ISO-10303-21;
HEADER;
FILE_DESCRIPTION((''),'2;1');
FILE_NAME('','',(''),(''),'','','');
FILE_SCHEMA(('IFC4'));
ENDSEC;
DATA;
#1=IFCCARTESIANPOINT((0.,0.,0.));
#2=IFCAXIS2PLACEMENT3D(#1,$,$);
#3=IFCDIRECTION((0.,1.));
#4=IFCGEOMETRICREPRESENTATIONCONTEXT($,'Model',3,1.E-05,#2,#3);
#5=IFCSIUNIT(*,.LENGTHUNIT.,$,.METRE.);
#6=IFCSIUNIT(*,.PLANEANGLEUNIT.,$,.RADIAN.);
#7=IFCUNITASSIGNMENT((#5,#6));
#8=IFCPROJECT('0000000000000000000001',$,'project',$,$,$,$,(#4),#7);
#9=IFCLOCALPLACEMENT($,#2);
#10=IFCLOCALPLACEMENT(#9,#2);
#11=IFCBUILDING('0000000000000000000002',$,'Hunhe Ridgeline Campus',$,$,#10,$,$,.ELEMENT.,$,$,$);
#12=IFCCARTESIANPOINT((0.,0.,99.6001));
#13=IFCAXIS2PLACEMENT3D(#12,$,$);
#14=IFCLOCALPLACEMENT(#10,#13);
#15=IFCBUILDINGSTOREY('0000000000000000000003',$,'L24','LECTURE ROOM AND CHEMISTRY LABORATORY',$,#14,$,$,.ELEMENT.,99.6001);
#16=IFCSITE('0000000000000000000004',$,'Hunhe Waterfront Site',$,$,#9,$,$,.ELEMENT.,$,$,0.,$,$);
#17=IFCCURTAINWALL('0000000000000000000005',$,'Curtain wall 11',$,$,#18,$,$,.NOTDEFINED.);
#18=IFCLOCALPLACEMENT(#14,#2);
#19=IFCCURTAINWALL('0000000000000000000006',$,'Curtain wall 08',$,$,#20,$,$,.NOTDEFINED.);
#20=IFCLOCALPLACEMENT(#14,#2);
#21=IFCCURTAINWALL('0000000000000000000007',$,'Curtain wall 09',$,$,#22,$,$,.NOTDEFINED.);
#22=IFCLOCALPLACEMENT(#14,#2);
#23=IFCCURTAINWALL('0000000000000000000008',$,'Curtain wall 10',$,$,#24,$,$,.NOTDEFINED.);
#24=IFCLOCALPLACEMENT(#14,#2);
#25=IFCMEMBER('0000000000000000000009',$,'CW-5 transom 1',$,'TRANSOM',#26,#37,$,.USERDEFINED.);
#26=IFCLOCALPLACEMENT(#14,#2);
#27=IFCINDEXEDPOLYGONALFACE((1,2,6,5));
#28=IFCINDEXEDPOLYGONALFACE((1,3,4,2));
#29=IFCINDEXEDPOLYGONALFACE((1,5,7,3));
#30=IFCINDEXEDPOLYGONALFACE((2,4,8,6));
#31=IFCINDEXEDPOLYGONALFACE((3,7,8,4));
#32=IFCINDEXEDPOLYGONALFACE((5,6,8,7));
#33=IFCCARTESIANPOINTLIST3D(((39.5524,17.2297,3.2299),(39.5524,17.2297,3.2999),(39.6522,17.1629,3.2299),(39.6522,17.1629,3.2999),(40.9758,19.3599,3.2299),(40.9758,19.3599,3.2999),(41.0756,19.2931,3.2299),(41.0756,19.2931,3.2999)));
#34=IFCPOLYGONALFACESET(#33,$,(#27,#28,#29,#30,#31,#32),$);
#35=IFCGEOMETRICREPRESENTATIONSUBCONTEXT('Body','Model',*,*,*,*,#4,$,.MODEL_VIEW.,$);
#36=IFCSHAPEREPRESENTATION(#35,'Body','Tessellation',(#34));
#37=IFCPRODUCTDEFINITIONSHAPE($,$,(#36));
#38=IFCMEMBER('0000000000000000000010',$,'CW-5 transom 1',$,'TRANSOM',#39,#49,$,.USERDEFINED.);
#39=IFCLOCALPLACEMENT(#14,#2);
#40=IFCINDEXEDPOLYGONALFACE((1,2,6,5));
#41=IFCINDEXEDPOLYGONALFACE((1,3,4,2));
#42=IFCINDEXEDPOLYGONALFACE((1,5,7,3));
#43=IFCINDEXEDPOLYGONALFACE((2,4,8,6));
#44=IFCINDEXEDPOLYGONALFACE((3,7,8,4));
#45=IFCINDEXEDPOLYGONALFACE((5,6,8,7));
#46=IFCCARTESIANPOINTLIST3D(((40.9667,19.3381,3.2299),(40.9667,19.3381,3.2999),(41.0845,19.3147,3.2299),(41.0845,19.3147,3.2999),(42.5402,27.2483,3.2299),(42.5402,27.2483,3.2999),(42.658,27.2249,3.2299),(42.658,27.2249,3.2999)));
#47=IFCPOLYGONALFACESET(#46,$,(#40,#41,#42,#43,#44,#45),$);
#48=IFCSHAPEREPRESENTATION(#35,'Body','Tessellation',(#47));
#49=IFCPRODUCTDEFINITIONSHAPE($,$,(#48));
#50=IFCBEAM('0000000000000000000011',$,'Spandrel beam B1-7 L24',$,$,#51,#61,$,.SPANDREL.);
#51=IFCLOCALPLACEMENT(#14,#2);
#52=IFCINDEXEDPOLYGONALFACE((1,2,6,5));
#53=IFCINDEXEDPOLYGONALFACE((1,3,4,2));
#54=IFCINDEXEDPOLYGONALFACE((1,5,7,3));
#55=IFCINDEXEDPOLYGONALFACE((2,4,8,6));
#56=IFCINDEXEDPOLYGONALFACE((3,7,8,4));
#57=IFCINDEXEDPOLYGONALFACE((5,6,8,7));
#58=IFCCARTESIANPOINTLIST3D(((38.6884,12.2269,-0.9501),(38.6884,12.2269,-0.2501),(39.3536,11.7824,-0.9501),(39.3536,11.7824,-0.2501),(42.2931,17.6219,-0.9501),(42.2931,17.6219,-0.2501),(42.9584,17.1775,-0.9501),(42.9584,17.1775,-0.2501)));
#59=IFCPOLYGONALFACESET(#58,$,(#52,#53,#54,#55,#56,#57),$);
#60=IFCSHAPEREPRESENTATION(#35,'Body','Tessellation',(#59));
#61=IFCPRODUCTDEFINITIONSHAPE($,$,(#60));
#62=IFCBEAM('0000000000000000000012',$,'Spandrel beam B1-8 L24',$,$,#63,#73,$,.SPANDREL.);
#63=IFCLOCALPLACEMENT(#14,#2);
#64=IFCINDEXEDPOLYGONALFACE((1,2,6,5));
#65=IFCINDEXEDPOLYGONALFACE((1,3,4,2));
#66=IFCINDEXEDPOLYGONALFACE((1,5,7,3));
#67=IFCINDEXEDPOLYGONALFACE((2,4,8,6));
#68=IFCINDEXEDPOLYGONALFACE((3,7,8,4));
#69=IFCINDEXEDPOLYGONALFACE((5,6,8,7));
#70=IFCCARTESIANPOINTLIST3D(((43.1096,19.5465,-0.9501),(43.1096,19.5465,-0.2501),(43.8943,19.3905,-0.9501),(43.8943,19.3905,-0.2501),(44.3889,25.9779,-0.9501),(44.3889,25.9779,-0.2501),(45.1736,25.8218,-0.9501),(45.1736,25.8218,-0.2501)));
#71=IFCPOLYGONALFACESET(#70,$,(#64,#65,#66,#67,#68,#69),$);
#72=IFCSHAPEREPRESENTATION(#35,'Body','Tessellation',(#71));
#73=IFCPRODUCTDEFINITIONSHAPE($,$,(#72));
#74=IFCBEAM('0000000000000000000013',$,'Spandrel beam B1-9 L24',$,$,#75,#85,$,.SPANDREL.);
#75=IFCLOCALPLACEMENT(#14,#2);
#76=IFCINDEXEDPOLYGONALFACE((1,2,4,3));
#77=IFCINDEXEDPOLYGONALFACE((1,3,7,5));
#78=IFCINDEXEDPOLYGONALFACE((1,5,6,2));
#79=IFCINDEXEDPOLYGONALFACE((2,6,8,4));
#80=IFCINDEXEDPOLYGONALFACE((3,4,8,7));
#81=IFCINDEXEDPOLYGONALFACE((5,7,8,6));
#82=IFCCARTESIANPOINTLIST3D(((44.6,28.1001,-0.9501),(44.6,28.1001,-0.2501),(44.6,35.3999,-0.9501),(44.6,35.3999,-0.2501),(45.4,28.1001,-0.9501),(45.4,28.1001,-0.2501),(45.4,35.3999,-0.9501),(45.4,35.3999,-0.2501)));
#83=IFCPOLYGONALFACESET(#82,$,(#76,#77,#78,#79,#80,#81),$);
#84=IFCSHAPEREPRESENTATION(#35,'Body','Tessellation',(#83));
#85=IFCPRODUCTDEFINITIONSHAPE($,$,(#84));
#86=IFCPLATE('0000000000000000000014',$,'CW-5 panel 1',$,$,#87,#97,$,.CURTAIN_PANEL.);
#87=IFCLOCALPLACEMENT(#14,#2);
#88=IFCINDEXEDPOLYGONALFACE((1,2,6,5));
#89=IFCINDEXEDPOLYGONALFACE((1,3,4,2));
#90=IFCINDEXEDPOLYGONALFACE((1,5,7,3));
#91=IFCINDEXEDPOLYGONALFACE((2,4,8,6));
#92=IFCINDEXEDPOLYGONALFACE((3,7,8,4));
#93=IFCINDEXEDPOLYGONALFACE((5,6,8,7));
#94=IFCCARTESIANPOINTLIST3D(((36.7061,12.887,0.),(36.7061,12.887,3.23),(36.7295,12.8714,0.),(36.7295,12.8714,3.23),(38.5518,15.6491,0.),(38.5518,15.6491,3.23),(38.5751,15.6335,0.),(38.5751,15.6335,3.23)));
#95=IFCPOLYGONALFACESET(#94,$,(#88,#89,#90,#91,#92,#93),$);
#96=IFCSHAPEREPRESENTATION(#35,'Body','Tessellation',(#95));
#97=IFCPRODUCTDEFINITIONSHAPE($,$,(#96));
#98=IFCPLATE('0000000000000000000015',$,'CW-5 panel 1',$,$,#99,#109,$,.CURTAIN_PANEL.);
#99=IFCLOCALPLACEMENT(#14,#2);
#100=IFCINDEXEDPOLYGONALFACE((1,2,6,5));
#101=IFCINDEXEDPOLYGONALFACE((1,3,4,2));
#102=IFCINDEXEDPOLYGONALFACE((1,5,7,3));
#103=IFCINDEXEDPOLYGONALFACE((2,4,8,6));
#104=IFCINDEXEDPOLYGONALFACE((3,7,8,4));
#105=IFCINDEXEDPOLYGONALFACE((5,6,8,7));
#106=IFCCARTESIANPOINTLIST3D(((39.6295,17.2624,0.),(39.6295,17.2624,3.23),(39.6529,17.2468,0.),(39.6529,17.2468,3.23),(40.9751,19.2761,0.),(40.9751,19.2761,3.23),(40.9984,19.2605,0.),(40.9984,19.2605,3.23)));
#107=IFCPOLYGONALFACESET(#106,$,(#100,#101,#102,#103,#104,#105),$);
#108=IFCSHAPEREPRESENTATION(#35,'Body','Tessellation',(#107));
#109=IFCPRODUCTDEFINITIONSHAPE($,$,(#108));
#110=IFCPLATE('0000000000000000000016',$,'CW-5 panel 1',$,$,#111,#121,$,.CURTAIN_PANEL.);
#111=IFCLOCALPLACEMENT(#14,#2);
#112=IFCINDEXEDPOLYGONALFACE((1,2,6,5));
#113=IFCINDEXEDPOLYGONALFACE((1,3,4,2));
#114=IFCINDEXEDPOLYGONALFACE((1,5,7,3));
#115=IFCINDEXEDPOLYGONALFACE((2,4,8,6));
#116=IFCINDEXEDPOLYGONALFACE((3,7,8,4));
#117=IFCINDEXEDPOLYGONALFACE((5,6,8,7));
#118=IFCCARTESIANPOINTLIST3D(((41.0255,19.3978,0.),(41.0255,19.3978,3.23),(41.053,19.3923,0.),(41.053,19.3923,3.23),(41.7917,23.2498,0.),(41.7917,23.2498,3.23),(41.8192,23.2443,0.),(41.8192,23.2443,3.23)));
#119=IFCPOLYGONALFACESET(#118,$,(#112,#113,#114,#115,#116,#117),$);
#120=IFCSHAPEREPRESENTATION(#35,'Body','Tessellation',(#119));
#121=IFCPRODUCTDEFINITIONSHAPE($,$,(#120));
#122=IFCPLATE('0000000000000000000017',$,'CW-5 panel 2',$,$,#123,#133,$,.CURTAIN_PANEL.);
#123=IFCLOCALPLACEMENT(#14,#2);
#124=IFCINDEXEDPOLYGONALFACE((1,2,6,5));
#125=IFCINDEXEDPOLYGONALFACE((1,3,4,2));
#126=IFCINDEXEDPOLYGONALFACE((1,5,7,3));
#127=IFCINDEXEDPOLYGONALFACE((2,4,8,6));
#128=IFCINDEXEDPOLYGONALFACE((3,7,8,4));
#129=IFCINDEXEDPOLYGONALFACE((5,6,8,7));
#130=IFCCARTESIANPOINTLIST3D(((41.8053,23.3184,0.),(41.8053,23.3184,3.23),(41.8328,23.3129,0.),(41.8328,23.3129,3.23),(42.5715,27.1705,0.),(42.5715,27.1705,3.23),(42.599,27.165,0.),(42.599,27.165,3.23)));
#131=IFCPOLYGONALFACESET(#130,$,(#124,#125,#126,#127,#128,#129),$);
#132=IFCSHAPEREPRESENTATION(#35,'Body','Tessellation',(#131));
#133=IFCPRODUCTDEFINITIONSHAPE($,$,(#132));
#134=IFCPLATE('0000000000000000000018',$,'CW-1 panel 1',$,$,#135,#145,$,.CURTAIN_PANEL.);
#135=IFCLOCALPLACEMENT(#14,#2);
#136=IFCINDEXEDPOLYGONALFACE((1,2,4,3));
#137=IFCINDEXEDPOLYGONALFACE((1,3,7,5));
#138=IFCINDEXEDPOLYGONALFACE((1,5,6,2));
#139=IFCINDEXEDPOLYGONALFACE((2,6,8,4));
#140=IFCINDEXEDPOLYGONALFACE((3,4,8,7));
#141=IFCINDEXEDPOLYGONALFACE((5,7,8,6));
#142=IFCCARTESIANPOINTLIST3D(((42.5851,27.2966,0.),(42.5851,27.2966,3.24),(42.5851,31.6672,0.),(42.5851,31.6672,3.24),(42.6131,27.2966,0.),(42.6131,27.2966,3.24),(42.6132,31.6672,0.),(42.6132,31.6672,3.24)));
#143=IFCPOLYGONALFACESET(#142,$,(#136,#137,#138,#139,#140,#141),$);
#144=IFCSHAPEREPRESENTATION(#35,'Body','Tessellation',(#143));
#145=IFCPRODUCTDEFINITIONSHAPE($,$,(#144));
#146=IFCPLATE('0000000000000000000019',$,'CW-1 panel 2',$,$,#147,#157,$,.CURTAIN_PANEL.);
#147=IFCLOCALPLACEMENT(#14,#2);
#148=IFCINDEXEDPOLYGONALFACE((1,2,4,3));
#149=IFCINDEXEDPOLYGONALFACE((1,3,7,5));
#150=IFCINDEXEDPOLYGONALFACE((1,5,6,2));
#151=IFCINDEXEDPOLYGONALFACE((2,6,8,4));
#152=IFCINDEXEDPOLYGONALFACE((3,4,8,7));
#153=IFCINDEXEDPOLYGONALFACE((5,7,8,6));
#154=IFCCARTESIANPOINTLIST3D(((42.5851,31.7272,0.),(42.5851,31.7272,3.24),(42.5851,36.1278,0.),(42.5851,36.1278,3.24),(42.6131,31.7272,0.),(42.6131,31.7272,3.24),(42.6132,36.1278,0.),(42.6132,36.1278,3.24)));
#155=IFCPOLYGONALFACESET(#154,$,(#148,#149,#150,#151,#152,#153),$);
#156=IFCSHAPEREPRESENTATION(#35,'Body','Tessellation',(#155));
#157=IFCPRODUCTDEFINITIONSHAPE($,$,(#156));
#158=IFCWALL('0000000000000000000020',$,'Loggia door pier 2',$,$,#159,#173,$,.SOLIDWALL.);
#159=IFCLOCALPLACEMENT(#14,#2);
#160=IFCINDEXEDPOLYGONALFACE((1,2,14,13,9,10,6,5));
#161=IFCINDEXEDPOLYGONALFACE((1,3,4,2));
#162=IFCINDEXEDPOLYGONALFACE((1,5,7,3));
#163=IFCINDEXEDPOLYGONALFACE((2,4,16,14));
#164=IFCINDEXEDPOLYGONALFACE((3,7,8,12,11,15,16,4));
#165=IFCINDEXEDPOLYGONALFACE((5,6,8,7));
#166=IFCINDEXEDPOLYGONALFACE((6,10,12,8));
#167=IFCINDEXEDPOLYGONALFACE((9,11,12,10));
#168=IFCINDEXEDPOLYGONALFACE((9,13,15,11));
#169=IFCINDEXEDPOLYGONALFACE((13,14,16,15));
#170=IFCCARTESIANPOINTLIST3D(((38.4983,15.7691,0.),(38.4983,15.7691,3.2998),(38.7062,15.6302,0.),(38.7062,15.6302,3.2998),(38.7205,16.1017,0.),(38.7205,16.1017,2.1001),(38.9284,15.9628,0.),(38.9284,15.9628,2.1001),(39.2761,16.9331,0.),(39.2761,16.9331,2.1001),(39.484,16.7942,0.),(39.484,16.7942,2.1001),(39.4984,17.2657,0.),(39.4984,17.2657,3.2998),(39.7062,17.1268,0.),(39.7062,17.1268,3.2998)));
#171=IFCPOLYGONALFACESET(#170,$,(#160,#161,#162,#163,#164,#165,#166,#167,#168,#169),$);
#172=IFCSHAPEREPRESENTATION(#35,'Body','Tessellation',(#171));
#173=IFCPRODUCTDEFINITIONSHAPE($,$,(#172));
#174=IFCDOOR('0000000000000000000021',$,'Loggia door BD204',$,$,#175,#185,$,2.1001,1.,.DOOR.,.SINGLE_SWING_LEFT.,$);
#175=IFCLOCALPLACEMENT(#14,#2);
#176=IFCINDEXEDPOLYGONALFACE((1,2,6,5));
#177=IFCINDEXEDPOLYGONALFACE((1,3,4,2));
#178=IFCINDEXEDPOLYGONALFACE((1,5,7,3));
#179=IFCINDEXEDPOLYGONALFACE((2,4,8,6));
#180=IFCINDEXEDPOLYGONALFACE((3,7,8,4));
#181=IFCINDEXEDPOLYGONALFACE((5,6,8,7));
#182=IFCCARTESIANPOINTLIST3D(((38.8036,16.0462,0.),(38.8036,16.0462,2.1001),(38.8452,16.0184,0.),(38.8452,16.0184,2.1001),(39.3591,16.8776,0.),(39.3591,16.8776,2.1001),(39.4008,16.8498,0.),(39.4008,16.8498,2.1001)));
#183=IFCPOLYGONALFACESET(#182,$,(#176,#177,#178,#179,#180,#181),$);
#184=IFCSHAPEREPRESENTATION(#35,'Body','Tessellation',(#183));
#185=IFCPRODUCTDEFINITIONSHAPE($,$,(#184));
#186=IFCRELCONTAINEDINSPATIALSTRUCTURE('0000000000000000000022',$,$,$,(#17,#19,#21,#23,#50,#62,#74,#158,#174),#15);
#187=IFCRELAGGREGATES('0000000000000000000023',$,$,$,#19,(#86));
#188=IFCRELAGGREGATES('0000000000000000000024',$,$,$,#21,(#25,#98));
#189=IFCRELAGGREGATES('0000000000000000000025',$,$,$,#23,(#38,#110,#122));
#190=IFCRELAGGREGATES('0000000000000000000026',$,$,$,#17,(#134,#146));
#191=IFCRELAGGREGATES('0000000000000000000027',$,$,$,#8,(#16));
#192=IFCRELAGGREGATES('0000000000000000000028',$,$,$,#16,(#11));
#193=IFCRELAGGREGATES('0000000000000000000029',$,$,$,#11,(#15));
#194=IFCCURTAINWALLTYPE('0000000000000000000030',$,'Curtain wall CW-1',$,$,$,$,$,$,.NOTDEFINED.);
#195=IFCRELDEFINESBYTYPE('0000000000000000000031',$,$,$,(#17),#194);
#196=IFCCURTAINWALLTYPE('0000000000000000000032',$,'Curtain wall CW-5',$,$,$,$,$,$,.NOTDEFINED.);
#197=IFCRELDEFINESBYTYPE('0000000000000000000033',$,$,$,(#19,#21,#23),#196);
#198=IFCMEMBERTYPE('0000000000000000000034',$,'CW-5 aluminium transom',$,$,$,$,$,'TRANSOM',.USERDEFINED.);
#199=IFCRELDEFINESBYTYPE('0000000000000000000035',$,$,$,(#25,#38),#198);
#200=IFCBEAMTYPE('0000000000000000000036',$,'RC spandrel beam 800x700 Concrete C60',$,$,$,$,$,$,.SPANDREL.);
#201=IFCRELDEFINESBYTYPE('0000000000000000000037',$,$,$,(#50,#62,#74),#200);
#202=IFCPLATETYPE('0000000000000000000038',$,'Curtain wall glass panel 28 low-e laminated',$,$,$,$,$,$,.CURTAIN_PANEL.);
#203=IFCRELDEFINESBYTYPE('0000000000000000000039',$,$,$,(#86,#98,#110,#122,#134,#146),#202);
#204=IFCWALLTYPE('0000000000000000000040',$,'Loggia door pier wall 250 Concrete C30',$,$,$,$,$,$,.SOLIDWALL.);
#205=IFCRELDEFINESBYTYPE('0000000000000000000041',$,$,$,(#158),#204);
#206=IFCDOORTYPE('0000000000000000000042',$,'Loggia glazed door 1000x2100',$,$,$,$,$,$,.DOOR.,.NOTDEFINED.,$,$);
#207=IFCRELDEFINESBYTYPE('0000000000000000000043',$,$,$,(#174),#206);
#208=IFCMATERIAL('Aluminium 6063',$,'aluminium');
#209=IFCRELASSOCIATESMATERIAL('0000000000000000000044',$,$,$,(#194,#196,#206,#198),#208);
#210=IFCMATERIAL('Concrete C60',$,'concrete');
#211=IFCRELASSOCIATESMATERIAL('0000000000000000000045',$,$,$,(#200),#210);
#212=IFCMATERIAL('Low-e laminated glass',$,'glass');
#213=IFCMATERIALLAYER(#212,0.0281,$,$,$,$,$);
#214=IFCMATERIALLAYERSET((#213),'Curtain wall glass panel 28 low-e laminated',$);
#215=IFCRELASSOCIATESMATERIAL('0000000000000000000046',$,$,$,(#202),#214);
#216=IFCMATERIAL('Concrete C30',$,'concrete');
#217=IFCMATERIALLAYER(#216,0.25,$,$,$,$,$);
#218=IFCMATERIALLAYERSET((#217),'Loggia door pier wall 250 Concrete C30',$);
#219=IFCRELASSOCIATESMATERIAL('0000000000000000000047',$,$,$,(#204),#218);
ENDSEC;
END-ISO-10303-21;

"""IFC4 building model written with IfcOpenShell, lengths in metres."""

from ifc_helpers import new_model, si_unit, direction, frame, frame_2d, origin, origin_2d, place, context, subcontext, project, spatial, rectangle, extrude, material, layer, layer_set, material_profile, profile_set, type_object, element, fill, aggregate, save


model = new_model("IFC4")

# Units and contexts
model_context = context("Model", 3, precision=1e-05, world=origin(), true_north=direction((0.0, 1.0)))
body_context = subcontext(model_context, "Body", "Model", "MODEL_VIEW")
ifc_project = project(units=[si_unit("LENGTHUNIT", "METRE"), si_unit("PLANEANGLEUNIT", "RADIAN")], contexts=[model_context])

# Site, building, storey
site_placement = place(None, origin())
site = spatial("IfcSite", under=ifc_project, at=site_placement, Name="Hunhe Waterfront Site", CompositionType="ELEMENT", RefElevation=0.0)
building_placement = place(site_placement, origin())
building = spatial("IfcBuilding", under=site, at=building_placement, Name="Hunhe Ridgeline Campus", CompositionType="ELEMENT")
storey_placement = place(building_placement, frame((0.0, 0.0, 99.6001)))
storey = spatial("IfcBuildingStorey", under=building, at=storey_placement, Name="L24", Description="LECTURE ROOM AND CHEMISTRY LABORATORY", CompositionType="ELEMENT", Elevation=99.6001)

# Curtain walls
ifc_material_1 = material(Name="Aluminium 6063", Category="aluminium")
curtain_wall_type_1 = type_object("IfcCurtainWallType", Name="Curtain wall CW-1", PredefinedType="NOTDEFINED", material=ifc_material_1)
curtain_wall_1_placement = place(storey_placement, origin())
curtain_wall_1 = element("IfcCurtainWall", 1, at=curtain_wall_1_placement, inside=storey, type_object=curtain_wall_type_1, Name="Curtain wall 11", PredefinedType="NOTDEFINED")
curtain_wall_type_2 = type_object("IfcCurtainWallType", Name="Curtain wall CW-5", PredefinedType="NOTDEFINED", material=ifc_material_1)
curtain_wall_2_placement = place(storey_placement, origin())
curtain_wall_2 = element("IfcCurtainWall", 2, at=curtain_wall_2_placement, inside=storey, type_object=curtain_wall_type_2, Name="Curtain wall 08", PredefinedType="NOTDEFINED")
curtain_wall_3_placement = place(storey_placement, origin())
curtain_wall_3 = element("IfcCurtainWall", 3, at=curtain_wall_3_placement, inside=storey, type_object=curtain_wall_type_2, Name="Curtain wall 09", PredefinedType="NOTDEFINED")
curtain_wall_4_placement = place(storey_placement, origin())
curtain_wall_4 = element("IfcCurtainWall", 4, at=curtain_wall_4_placement, inside=storey, type_object=curtain_wall_type_2, Name="Curtain wall 10", PredefinedType="NOTDEFINED")

# Members
ifc_material_profile_1 = material_profile(ifc_material_1, rectangle(XDim=0.1201, YDim=0.0701, at=origin_2d()))
ifc_profile_set_1 = profile_set([ifc_material_profile_1], Name="Aluminium 6063")
member_type_1 = type_object("IfcMemberType", Name="CW-5 aluminium transom", ElementType="TRANSOM", PredefinedType="USERDEFINED", material=ifc_profile_set_1)
member_1_placement = place(storey_placement, frame((39.6023, 17.1963, 3.2649), z_axis=(0.55558, 0.831463, 0.0), x_axis=(-0.831463, 0.55558, 0.0)))
member_1 = element("IfcMember", 5, at=member_1_placement, type_object=member_type_1, Name="CW-5 transom 1", ObjectType="TRANSOM", PredefinedType="USERDEFINED", context=body_context, shape_type="SweptSolid", body=[
    extrude(rectangle(XDim=0.1201, YDim=0.0701, at=origin_2d()), origin(), (0.0, 0.0, 1.0), 2.562),
])
member_2_placement = place(storey_placement, frame((41.0256, 19.3264, 3.2649), z_axis=(0.195097, 0.980784, 0.0), x_axis=(-0.980784, 0.195097, 0.0)))
member_2 = element("IfcMember", 6, at=member_2_placement, type_object=member_type_1, Name="CW-5 transom 1", ObjectType="TRANSOM", PredefinedType="USERDEFINED", context=body_context, shape_type="SweptSolid", body=[
    extrude(rectangle(XDim=0.1201, YDim=0.0701, at=origin_2d()), origin(), (0.0, 0.0, 1.0), 8.0652),
])

# Beams
ifc_material_2 = material(Name="Concrete C60", Category="concrete")
ifc_material_profile_2 = material_profile(ifc_material_2, rectangle(XDim=0.8, YDim=0.7, at=origin_2d()))
ifc_profile_set_2 = profile_set([ifc_material_profile_2], Name="Concrete C60")
beam_type = type_object("IfcBeamType", Name="RC spandrel beam 800x700 Concrete C60", PredefinedType="SPANDREL", material=ifc_profile_set_2)
beam_1_placement = place(storey_placement, frame((39.021, 12.0046, -0.6001), z_axis=(0.55556, 0.831477, 0.0), x_axis=(-0.831477, 0.55556, 0.0)))
element("IfcBeam", 7, at=beam_1_placement, inside=storey, type_object=beam_type, Name="Spandrel beam B1-7 L24", PredefinedType="SPANDREL", context=body_context, shape_type="SweptSolid", body=[
    extrude(rectangle(XDim=0.8, YDim=0.7, at=origin_2d()), origin(), (0.0, 0.0, 1.0), 6.4885),
])
beam_2_placement = place(storey_placement, frame((43.502, 19.4685, -0.6001), z_axis=(0.195092, 0.980785, 0.0), x_axis=(-0.980785, 0.195092, 0.0)))
element("IfcBeam", 8, at=beam_2_placement, inside=storey, type_object=beam_type, Name="Spandrel beam B1-8 L24", PredefinedType="SPANDREL", context=body_context, shape_type="SweptSolid", body=[
    extrude(rectangle(XDim=0.8, YDim=0.7, at=origin_2d()), origin(), (0.0, 0.0, 1.0), 6.5574),
])
beam_3_placement = place(storey_placement, frame((45.0, 28.1001, -0.6001), z_axis=(0.0, 1.0, 0.0), x_axis=(-1.0, 0.0, 0.0)))
element("IfcBeam", 9, at=beam_3_placement, inside=storey, type_object=beam_type, Name="Spandrel beam B1-9 L24", PredefinedType="SPANDREL", context=body_context, shape_type="SweptSolid", body=[
    extrude(rectangle(XDim=0.8, YDim=0.7, at=origin_2d()), origin(), (0.0, 0.0, 1.0), 7.2998),
])

# Plates
ifc_material_3 = material(Name="Low-e laminated glass", Category="glass")
ifc_layer_1 = layer(ifc_material_3, 0.0281)
ifc_layer_set_1 = layer_set([ifc_layer_1], Name="Curtain wall glass panel 28 low-e laminated")
plate_type = type_object("IfcPlateType", Name="Curtain wall glass panel 28 low-e laminated", PredefinedType="CURTAIN_PANEL", material=ifc_layer_set_1)
plate_1_placement = place(storey_placement, frame((37.6406, 14.2603, 0.0), z_axis=(0.0, 0.0, 1.0), x_axis=(0.55557, 0.83147, 0.0)))
plate_1 = element("IfcPlate", 10, at=plate_1_placement, type_object=plate_type, Name="CW-5 panel 1", PredefinedType="CURTAIN_PANEL", context=body_context, shape_type="SweptSolid", body=[
    extrude(rectangle(XDim=3.322, YDim=0.0281, at=origin_2d()), origin(), (0.0, 0.0, 1.0), 3.23),
])
aggregate(curtain_wall_2, [plate_1])
plate_2_placement = place(storey_placement, frame((40.314, 18.2615, 0.0), z_axis=(0.0, 0.0, 1.0), x_axis=(0.55557, 0.83147, 0.0)))
plate_2 = element("IfcPlate", 11, at=plate_2_placement, type_object=plate_type, Name="CW-5 panel 1", PredefinedType="CURTAIN_PANEL", context=body_context, shape_type="SweptSolid", body=[
    extrude(rectangle(XDim=2.4219, YDim=0.0281, at=origin_2d()), origin(), (0.0, 0.0, 1.0), 3.23),
])
aggregate(curtain_wall_3, [member_1, plate_2])
plate_3_placement = place(storey_placement, frame((41.4224, 21.321, 0.0), z_axis=(0.0, 0.0, 1.0), x_axis=(0.19509, 0.980785, 0.0)))
plate_3 = element("IfcPlate", 12, at=plate_3_placement, type_object=plate_type, Name="CW-5 panel 1", PredefinedType="CURTAIN_PANEL", context=body_context, shape_type="SweptSolid", body=[
    extrude(rectangle(XDim=3.9275, YDim=0.0281, at=origin_2d()), origin(), (0.0, 0.0, 1.0), 3.23),
])
plate_4_placement = place(storey_placement, frame((42.2021, 25.2417, 0.0), z_axis=(0.0, 0.0, 1.0), x_axis=(0.19509, 0.980785, 0.0)))
plate_4 = element("IfcPlate", 13, at=plate_4_placement, type_object=plate_type, Name="CW-5 panel 2", PredefinedType="CURTAIN_PANEL", context=body_context, shape_type="SweptSolid", body=[
    extrude(rectangle(XDim=3.9275, YDim=0.0281, at=origin_2d()), origin(), (0.0, 0.0, 1.0), 3.23),
])
aggregate(curtain_wall_4, [member_2, plate_3, plate_4])
plate_5_placement = place(storey_placement, frame((42.5991, 29.4819, 0.0), z_axis=(0.0, 0.0, 1.0), x_axis=(0.000011, 1.0, 0.0)))
plate_5 = element("IfcPlate", 14, at=plate_5_placement, type_object=plate_type, Name="CW-1 panel 1", PredefinedType="CURTAIN_PANEL", context=body_context, shape_type="SweptSolid", body=[
    extrude(rectangle(XDim=4.3706, YDim=0.0281, at=origin_2d()), origin(), (0.0, 0.0, 1.0), 3.24),
])
plate_6_placement = place(storey_placement, frame((42.5991, 33.9275, 0.0), z_axis=(0.0, 0.0, 1.0), x_axis=(0.000011, 1.0, 0.0)))
plate_6 = element("IfcPlate", 15, at=plate_6_placement, type_object=plate_type, Name="CW-1 panel 2", PredefinedType="CURTAIN_PANEL", context=body_context, shape_type="SweptSolid", body=[
    extrude(rectangle(XDim=4.4006, YDim=0.0281, at=origin_2d()), origin(), (0.0, 0.0, 1.0), 3.24),
])
aggregate(curtain_wall_1, [plate_5, plate_6])

# Wall, opening, door
ifc_material_4 = material(Name="Concrete C30", Category="concrete")
ifc_layer_2 = layer(ifc_material_4, 0.25)
ifc_layer_set_2 = layer_set([ifc_layer_2], Name="Loggia door pier wall 250 Concrete C30")
wall_type = type_object("IfcWallType", Name="Loggia door pier wall 250 Concrete C30", PredefinedType="SOLIDWALL", material=ifc_layer_set_2)
wall_placement = place(storey_placement, frame((38.6023, 15.6997, 0.0), z_axis=(0.0, 0.0, 1.0), x_axis=(0.555576, 0.831466, 0.0)))
wall = element("IfcWall", 16, at=wall_placement, inside=storey, type_object=wall_type, Name="Loggia door pier 2", PredefinedType="SOLIDWALL", context=body_context, shape_type="SweptSolid", body=[
    extrude(rectangle(XDim=1.8, YDim=0.25, at=frame_2d((0.8999, 0.0))), origin(), (0.0, 0.0, 1.0), 3.2998),
])
opening_placement = place(wall_placement, frame((0.3999, 0.0, 0.0)))
opening = element("IfcOpeningElement", 17, at=opening_placement, cuts=wall, PredefinedType="OPENING", context=body_context, shape_type="SweptSolid", body=[
    extrude(rectangle(XDim=1.0, YDim=2.1001, at=frame_2d((0.5, 1.05))), frame((0.0, 0.125, 0.0), z_axis=(0.0, -1.0, 0.0), x_axis=(1.0, 0.0, 0.0)), (0.0, 0.0, 1.0), 0.25),
])
door_type = type_object("IfcDoorType", Name="Loggia glazed door 1000x2100", OperationType="NOTDEFINED", PredefinedType="DOOR", material=ifc_material_1)
door_placement = place(opening_placement, frame((1.0, 0.0, 0.0), z_axis=(0.0, 0.0, 1.0), x_axis=(-1.0, 0.0, 0.0)))
door = element("IfcDoor", 18, at=door_placement, inside=storey, type_object=door_type, Name="Loggia door BD204", OperationType="SINGLE_SWING_LEFT", OverallHeight=2.1001, OverallWidth=1.0, PredefinedType="DOOR", context=body_context, shape_type="SweptSolid", body=[
    extrude(rectangle(XDim=1.0, YDim=2.1001, at=frame_2d((0.5, 1.05))), frame((0.0, 0.0249, 0.0), z_axis=(0.0, -1.0, 0.0), x_axis=(1.0, 0.0, 0.0)), (0.0, 0.0, 1.0), 0.05),
])
fill(opening, door)

save(model, "model.ifc")
